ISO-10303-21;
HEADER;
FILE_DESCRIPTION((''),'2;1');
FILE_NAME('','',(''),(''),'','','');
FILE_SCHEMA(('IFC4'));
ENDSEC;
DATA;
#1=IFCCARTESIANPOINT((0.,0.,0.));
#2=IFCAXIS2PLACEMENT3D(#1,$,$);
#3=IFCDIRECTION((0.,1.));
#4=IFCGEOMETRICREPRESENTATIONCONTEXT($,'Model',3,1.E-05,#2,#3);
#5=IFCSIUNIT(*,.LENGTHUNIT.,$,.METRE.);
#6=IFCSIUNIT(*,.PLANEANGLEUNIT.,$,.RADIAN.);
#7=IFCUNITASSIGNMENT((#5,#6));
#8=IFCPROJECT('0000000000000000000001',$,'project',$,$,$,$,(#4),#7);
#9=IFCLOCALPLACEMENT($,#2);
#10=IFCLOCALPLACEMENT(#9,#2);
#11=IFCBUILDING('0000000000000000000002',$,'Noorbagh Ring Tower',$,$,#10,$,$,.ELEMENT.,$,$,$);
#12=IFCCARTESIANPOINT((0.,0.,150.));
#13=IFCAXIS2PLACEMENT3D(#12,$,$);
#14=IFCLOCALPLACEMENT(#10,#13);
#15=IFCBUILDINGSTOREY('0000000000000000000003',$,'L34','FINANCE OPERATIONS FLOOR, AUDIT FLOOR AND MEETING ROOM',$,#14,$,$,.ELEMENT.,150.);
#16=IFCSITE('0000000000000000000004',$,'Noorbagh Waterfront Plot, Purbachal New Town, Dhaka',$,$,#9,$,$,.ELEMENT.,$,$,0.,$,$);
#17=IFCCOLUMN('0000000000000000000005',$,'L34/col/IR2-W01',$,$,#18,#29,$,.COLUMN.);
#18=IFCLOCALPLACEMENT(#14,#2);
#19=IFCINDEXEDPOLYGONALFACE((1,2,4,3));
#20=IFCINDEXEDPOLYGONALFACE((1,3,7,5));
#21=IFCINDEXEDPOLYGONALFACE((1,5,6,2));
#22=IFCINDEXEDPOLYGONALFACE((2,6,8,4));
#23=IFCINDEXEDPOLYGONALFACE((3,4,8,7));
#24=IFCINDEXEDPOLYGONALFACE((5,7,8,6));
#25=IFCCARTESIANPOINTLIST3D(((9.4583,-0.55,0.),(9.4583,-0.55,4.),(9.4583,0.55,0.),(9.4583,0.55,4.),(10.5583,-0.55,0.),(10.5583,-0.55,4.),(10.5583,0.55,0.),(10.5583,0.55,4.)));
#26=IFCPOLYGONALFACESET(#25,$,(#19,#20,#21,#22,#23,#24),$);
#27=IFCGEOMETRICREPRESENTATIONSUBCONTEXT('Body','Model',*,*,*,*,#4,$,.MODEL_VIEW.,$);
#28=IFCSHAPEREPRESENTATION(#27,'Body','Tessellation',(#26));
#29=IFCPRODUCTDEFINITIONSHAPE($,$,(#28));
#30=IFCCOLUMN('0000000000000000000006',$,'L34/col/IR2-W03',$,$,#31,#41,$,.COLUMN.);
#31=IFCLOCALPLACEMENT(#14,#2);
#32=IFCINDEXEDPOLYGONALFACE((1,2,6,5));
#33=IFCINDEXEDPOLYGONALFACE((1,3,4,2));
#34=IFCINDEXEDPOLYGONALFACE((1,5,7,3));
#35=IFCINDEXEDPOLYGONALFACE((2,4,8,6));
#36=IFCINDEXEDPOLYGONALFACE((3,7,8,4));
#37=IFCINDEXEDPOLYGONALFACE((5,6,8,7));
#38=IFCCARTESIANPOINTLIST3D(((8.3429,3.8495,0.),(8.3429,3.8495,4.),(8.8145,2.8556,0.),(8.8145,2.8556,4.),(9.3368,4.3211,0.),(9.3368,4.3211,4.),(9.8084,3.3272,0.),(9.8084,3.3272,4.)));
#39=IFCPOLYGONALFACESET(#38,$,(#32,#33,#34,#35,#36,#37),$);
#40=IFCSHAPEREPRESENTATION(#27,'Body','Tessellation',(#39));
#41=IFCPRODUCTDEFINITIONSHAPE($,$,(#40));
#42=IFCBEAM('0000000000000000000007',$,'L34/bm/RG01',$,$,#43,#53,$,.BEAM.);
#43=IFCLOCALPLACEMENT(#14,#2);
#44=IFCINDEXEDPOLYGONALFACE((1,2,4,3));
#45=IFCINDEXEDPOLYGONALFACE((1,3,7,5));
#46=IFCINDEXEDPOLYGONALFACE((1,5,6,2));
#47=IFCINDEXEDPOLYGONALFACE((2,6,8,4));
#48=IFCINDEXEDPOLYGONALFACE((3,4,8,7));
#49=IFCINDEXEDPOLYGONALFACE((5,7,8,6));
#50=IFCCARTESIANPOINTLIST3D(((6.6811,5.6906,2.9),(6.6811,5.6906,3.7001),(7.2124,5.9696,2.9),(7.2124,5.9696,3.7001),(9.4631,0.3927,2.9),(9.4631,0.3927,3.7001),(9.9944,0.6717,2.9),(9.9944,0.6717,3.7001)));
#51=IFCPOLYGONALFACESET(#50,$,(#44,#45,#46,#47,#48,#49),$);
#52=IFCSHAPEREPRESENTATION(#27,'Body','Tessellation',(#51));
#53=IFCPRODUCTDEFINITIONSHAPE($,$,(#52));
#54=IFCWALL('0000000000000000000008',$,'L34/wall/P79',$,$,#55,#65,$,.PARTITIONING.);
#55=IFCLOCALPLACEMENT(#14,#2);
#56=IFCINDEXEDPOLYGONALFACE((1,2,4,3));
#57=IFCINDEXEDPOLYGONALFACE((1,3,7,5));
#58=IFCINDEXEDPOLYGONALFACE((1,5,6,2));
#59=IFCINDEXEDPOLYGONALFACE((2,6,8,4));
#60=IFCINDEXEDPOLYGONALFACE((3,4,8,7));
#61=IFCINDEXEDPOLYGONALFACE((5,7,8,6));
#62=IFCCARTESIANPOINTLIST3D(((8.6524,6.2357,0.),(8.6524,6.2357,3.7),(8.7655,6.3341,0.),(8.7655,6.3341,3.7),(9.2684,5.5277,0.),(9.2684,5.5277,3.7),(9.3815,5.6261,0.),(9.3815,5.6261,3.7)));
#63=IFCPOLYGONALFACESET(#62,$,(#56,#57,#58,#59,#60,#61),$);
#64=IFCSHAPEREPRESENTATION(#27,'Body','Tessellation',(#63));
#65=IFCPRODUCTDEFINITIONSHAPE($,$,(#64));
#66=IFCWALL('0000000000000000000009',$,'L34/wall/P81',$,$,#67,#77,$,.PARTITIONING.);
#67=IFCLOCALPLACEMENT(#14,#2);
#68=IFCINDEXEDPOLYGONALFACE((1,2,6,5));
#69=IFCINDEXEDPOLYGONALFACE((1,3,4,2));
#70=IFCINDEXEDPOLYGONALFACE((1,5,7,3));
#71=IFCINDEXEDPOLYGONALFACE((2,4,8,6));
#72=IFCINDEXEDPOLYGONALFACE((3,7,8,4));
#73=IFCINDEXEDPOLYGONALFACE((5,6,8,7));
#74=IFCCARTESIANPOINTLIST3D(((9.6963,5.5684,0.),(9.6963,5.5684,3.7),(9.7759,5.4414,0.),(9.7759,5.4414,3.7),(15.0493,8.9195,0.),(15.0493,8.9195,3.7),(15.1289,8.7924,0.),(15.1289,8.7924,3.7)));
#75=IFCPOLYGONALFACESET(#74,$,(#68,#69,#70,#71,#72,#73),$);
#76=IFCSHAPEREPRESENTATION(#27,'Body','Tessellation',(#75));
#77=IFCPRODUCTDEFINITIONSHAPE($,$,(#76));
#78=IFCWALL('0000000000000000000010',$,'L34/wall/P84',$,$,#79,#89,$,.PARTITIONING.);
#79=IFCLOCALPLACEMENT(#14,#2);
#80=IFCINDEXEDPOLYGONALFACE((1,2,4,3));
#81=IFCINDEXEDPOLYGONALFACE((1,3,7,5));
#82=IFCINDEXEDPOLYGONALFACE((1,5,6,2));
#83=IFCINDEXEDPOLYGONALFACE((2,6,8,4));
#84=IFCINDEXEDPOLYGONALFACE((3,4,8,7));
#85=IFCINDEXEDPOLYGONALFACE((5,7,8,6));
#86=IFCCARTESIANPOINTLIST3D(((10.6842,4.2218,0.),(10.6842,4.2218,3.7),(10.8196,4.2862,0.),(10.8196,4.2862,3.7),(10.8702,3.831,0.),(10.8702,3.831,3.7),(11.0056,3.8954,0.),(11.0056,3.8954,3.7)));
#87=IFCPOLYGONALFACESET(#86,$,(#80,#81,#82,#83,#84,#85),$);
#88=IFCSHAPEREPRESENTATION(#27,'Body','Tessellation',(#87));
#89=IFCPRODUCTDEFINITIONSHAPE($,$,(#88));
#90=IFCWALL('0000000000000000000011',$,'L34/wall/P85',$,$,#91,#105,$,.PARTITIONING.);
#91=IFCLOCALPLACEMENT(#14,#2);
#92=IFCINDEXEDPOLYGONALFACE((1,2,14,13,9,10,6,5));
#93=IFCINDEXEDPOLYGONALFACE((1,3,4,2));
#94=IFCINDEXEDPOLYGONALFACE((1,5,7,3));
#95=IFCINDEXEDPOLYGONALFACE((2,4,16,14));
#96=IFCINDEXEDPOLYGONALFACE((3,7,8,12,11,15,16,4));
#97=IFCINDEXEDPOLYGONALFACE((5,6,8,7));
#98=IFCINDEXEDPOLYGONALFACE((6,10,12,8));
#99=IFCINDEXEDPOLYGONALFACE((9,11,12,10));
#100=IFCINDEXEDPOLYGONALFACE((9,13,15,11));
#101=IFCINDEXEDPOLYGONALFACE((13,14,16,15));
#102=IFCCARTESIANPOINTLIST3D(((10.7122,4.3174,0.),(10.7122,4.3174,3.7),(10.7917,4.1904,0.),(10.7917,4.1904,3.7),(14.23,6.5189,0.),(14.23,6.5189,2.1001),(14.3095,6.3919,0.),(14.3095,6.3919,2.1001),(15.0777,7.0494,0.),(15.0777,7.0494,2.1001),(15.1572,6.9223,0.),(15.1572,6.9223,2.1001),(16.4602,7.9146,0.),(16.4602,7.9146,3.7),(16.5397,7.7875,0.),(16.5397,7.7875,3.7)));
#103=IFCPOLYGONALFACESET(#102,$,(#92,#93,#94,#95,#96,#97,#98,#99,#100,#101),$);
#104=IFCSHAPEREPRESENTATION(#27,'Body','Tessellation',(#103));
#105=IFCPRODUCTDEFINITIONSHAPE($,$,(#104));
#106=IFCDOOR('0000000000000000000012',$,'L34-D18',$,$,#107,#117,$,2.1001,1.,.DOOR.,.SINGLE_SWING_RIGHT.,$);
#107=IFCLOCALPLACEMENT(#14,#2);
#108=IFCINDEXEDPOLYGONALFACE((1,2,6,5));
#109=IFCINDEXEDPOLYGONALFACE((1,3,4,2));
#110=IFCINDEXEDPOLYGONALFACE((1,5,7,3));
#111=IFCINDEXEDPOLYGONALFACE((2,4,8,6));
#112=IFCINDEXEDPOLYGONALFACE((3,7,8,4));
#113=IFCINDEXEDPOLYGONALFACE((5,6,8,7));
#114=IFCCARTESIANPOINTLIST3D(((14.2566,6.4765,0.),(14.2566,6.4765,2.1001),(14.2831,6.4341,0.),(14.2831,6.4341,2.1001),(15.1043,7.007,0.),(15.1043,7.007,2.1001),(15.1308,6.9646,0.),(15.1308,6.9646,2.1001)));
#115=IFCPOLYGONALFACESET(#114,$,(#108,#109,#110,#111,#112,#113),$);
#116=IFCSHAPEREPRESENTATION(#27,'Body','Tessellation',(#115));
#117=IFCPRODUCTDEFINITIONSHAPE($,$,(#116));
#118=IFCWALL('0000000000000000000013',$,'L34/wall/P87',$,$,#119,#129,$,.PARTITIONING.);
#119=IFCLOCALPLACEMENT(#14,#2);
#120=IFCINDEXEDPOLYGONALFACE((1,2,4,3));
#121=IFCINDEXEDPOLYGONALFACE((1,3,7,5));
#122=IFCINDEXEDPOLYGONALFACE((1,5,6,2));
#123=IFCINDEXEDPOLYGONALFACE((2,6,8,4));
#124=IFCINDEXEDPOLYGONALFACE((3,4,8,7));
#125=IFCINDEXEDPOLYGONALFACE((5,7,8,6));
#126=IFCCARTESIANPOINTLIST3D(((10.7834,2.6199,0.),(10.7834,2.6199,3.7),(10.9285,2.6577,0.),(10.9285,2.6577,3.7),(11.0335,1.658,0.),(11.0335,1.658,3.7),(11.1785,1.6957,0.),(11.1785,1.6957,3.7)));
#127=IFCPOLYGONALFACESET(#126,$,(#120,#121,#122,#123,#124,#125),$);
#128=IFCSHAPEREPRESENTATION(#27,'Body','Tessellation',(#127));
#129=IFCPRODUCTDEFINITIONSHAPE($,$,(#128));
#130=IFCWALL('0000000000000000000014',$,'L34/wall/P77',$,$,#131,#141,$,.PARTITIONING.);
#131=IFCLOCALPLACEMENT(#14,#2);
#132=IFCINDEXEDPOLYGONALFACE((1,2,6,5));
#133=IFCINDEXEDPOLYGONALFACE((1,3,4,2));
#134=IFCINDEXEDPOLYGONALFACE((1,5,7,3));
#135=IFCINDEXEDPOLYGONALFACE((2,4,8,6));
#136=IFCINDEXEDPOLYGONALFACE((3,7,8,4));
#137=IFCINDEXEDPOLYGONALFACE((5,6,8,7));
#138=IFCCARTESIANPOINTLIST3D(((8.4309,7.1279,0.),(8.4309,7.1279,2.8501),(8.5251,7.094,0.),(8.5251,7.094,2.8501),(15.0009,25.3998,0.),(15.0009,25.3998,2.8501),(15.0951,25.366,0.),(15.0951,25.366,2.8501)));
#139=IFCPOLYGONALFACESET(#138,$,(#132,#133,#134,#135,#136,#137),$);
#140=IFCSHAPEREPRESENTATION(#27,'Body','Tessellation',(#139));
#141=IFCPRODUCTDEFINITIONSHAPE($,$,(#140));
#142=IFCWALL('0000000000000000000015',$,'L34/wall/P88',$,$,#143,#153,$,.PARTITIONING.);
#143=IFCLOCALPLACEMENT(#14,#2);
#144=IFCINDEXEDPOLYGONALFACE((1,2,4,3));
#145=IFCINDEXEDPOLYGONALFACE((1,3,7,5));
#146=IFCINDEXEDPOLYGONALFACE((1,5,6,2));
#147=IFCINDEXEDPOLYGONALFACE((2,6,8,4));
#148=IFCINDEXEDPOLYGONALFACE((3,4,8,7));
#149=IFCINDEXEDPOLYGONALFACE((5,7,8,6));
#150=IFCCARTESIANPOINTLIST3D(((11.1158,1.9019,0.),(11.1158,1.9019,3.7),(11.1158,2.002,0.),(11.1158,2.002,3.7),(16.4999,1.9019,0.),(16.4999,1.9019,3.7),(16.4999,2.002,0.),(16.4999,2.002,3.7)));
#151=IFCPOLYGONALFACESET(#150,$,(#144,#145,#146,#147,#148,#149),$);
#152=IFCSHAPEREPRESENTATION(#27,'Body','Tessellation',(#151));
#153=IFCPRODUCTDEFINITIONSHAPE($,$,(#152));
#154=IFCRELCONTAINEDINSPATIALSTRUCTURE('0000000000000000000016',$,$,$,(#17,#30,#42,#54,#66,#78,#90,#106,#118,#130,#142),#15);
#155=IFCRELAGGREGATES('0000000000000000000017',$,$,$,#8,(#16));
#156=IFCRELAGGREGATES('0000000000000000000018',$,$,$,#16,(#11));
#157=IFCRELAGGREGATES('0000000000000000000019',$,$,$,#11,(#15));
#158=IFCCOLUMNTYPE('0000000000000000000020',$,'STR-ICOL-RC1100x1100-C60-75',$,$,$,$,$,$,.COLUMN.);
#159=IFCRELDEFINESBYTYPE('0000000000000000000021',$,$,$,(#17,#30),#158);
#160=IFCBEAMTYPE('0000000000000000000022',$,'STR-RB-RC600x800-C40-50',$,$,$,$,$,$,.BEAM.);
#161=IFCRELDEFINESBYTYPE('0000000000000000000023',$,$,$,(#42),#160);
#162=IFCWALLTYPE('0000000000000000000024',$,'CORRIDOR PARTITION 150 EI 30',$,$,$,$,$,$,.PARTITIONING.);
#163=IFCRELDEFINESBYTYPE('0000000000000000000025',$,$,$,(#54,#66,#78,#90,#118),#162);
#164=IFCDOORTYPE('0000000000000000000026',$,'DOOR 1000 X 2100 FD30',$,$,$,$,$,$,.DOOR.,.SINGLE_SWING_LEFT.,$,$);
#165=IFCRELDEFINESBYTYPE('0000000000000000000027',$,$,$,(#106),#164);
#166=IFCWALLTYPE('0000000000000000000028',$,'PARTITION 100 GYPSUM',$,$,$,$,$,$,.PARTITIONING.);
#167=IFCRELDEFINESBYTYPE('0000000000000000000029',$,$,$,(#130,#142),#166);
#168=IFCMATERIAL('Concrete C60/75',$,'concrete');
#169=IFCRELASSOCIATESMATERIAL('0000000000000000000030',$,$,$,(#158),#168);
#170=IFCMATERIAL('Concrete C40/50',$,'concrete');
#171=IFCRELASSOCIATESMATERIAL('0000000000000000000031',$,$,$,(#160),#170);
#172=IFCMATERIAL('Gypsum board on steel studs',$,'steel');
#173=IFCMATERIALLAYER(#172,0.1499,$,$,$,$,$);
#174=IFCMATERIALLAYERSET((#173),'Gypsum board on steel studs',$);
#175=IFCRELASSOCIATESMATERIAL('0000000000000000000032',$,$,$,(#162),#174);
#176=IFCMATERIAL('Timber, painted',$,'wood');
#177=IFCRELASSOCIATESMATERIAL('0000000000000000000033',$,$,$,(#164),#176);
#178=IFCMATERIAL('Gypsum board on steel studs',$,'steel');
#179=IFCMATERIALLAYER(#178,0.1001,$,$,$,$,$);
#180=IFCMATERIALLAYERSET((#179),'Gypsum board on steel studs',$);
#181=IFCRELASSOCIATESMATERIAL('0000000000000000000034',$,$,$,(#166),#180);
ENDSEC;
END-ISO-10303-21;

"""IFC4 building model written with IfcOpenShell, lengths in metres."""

from ifc_helpers import new_model, si_unit, direction, frame, frame_2d, origin, origin_2d, place, context, subcontext, project, spatial, rectangle, extrude, material, layer, layer_set, material_profile, profile_set, type_object, element, fill, save


model = new_model("IFC4")

# Units and contexts
model_context = context("Model", 3, precision=1e-05, world=origin(), true_north=direction((0.0, 1.0)))
body_context = subcontext(model_context, "Body", "Model", "MODEL_VIEW")
ifc_project = project(units=[si_unit("LENGTHUNIT", "METRE"), si_unit("PLANEANGLEUNIT", "RADIAN")], contexts=[model_context])

# Site, building, storey
site_placement = place(None, origin())
site = spatial("IfcSite", under=ifc_project, at=site_placement, Name="Noorbagh Waterfront Plot, Purbachal New Town, Dhaka", CompositionType="ELEMENT", RefElevation=0.0)
building_placement = place(site_placement, origin())
building = spatial("IfcBuilding", under=site, at=building_placement, Name="Noorbagh Ring Tower", CompositionType="ELEMENT")
storey_placement = place(building_placement, frame((0.0, 0.0, 150.0)))
storey = spatial("IfcBuildingStorey", under=building, at=storey_placement, Name="L34", Description="FINANCE OPERATIONS FLOOR, AUDIT FLOOR AND MEETING ROOM", CompositionType="ELEMENT", Elevation=150.0)

# Columns
ifc_material_1 = material(Name="Concrete C60/75", Category="concrete")
ifc_material_profile_1 = material_profile(ifc_material_1, rectangle(XDim=1.1001, YDim=1.1001, at=origin_2d()), Name="RC1100x1100")
ifc_profile_set_1 = profile_set([ifc_material_profile_1], Name="Concrete C60/75")
column_type = type_object("IfcColumnType", Name="STR-ICOL-RC1100x1100-C60-75", PredefinedType="COLUMN", material=ifc_profile_set_1)
for number, where, z_axis, x_axis, name in (
    (1, (10.0083, 0.0, 0.0), (0.0, 0.0, 1.0), (0.0, 1.0, 0.0), "L34/col/IR2-W01"),
    (2, (9.0757, 3.5884, 0.0), (0.0, 0.0, 1.0), (-0.428667, 0.903463, 0.0), "L34/col/IR2-W03"),
):
    element("IfcColumn", number, at=place(storey_placement, frame(where, z_axis=z_axis, x_axis=x_axis)), inside=storey, type_object=column_type, Name=name, PredefinedType="COLUMN", context=body_context, shape_type="SweptSolid", body=[
        extrude(rectangle(XDim=1.1001, YDim=1.1001, at=origin_2d()), origin(), (0.0, 0.0, 1.0), 4.0),
    ])

# Beam
ifc_material_2 = material(Name="Concrete C40/50", Category="concrete")
ifc_material_profile_2 = material_profile(ifc_material_2, rectangle(XDim=0.6001, YDim=0.8, at=origin_2d()), Name="RC600x800")
ifc_profile_set_2 = profile_set([ifc_material_profile_2], Name="Concrete C40/50")
beam_type = type_object("IfcBeamType", Name="STR-RB-RC600x800-C40-50", PredefinedType="BEAM", material=ifc_profile_set_2)
beam_placement = place(storey_placement, frame((9.7288, 0.5322, 3.3), z_axis=(-0.464914, 0.885356, 0.0), x_axis=(-0.885356, -0.464914, 0.0)))
element("IfcBeam", 3, at=beam_placement, inside=storey, type_object=beam_type, Name="L34/bm/RG01", PredefinedType="BEAM", context=body_context, shape_type="SweptSolid", body=[
    extrude(rectangle(XDim=0.6001, YDim=0.8, at=origin_2d()), origin(), (0.0, 0.0, 1.0), 5.9839),
])

# Walls
ifc_material_3 = material(Name="Gypsum board on steel studs", Category="steel")
ifc_layer_1 = layer(ifc_material_3, 0.1499)
ifc_layer_set_1 = layer_set([ifc_layer_1], Name="Gypsum board on steel studs")
wall_type_1 = type_object("IfcWallType", Name="CORRIDOR PARTITION 150 EI 30", PredefinedType="PARTITIONING", material=ifc_layer_set_1)
wall_1_placement = place(storey_placement, frame((8.709, 6.2849, 0.0), z_axis=(0.0, 0.0, 1.0), x_axis=(0.656365, -0.754443, 0.0)))
element("IfcWall", 4, at=wall_1_placement, inside=storey, type_object=wall_type_1, Name="L34/wall/P79", PredefinedType="PARTITIONING", context=body_context, shape_type="SweptSolid", body=[
    extrude(rectangle(XDim=0.9385, YDim=0.1499, at=frame_2d((0.4692, 0.0))), origin(), (0.0, 0.0, 1.0), 3.7),
])
wall_2_placement = place(storey_placement, frame((9.7361, 5.5049, 0.0), z_axis=(0.0, 0.0, 1.0), x_axis=(0.847612, 0.530617, 0.0)))
element("IfcWall", 5, at=wall_2_placement, inside=storey, type_object=wall_type_1, Name="L34/wall/P81", PredefinedType="PARTITIONING", context=body_context, shape_type="SweptSolid", body=[
    extrude(rectangle(XDim=6.3154, YDim=0.1499, at=frame_2d((3.1577, 0.0))), origin(), (0.0, 0.0, 1.0), 3.7),
])
wall_3_placement = place(storey_placement, frame((10.752, 4.2539, 0.0), z_axis=(0.0, 0.0, 1.0), x_axis=(0.429758, -0.902944, 0.0)))
element("IfcWall", 6, at=wall_3_placement, inside=storey, type_object=wall_type_1, Name="L34/wall/P84", PredefinedType="PARTITIONING", context=body_context, shape_type="SweptSolid", body=[
    extrude(rectangle(XDim=0.4329, YDim=0.1499, at=frame_2d((0.2163, 0.0))), origin(), (0.0, 0.0, 1.0), 3.7),
])

# Wall, opening, door
wall_4_placement = place(storey_placement, frame((10.752, 4.2539, 0.0), z_axis=(0.0, 0.0, 1.0), x_axis=(0.847691, 0.530491, 0.0)))
wall_4 = element("IfcWall", 7, at=wall_4_placement, inside=storey, type_object=wall_type_1, Name="L34/wall/P85", PredefinedType="PARTITIONING", context=body_context, shape_type="SweptSolid", body=[
    extrude(rectangle(XDim=6.7808, YDim=0.1499, at=frame_2d((3.3904, 0.0))), origin(), (0.0, 0.0, 1.0), 3.7),
])
opening_placement = place(wall_4_placement, frame((4.1499, 0.0, 0.0)))
opening = element("IfcOpeningElement", 8, at=opening_placement, cuts=wall_4, PredefinedType="OPENING", context=body_context, shape_type="SweptSolid", body=[
    extrude(rectangle(XDim=1.0, YDim=2.1001, at=frame_2d((0.5, 1.05))), frame((0.0, 0.085, 0.0), z_axis=(0.0, -1.0, 0.0), x_axis=(1.0, 0.0, 0.0)), (0.0, 0.0, 1.0), 0.1699),
])
ifc_material_4 = material(Name="Timber, painted", Category="wood")
door_type = type_object("IfcDoorType", Name="DOOR 1000 X 2100 FD30", OperationType="SINGLE_SWING_LEFT", PredefinedType="DOOR", material=ifc_material_4)
door_placement = place(opening_placement, origin())
door = element("IfcDoor", 9, at=door_placement, inside=storey, type_object=door_type, Name="L34-D18", OperationType="SINGLE_SWING_RIGHT", OverallHeight=2.1001, OverallWidth=1.0, PredefinedType="DOOR", context=body_context, shape_type="SweptSolid", body=[
    extrude(rectangle(XDim=1.0, YDim=2.1001, at=frame_2d((0.5, 1.05))), frame((0.0, 0.0249, 0.0), z_axis=(0.0, -1.0, 0.0), x_axis=(1.0, 0.0, 0.0)), (0.0, 0.0, 1.0), 0.05),
])
fill(opening, door)

# Walls
wall_5_placement = place(storey_placement, frame((10.856, 2.6389, 0.0), z_axis=(0.0, 0.0, 1.0), x_axis=(0.251542, -0.967846, 0.0)))
element("IfcWall", 10, at=wall_5_placement, inside=storey, type_object=wall_type_1, Name="L34/wall/P87", PredefinedType="PARTITIONING", context=body_context, shape_type="SweptSolid", body=[
    extrude(rectangle(XDim=0.9939, YDim=0.1499, at=frame_2d((0.4971, 0.0))), origin(), (0.0, 0.0, 1.0), 3.7),
])
ifc_material_5 = material(Name="Gypsum board on steel studs", Category="steel")
ifc_layer_2 = layer(ifc_material_5, 0.1001)
ifc_layer_set_2 = layer_set([ifc_layer_2], Name="Gypsum board on steel studs")
wall_type_2 = type_object("IfcWallType", Name="PARTITION 100 GYPSUM", PredefinedType="PARTITIONING", material=ifc_layer_set_2)
wall_6_placement = place(storey_placement, frame((8.478, 7.1111, 0.0), z_axis=(0.0, 0.0, 1.0), x_axis=(0.338362, 0.941016, 0.0)))
element("IfcWall", 11, at=wall_6_placement, inside=storey, type_object=wall_type_2, Name="L34/wall/P77", PredefinedType="PARTITIONING", context=body_context, shape_type="SweptSolid", body=[
    extrude(rectangle(XDim=19.4172, YDim=0.1001, at=frame_2d((9.7085, 0.0))), origin(), (0.0, 0.0, 1.0), 2.8501),
])
wall_7_placement = place(storey_placement, frame((11.116, 1.9519, 0.0), z_axis=(0.0, 0.0, 1.0), x_axis=(1.0, 0.0, 0.0)))
element("IfcWall", 12, at=wall_7_placement, inside=storey, type_object=wall_type_2, Name="L34/wall/P88", PredefinedType="PARTITIONING", context=body_context, shape_type="SweptSolid", body=[
    extrude(rectangle(XDim=5.384, YDim=0.1001, at=frame_2d((2.6919, 0.0))), origin(), (0.0, 0.0, 1.0), 3.7),
])

save(model, "model.ifc")
